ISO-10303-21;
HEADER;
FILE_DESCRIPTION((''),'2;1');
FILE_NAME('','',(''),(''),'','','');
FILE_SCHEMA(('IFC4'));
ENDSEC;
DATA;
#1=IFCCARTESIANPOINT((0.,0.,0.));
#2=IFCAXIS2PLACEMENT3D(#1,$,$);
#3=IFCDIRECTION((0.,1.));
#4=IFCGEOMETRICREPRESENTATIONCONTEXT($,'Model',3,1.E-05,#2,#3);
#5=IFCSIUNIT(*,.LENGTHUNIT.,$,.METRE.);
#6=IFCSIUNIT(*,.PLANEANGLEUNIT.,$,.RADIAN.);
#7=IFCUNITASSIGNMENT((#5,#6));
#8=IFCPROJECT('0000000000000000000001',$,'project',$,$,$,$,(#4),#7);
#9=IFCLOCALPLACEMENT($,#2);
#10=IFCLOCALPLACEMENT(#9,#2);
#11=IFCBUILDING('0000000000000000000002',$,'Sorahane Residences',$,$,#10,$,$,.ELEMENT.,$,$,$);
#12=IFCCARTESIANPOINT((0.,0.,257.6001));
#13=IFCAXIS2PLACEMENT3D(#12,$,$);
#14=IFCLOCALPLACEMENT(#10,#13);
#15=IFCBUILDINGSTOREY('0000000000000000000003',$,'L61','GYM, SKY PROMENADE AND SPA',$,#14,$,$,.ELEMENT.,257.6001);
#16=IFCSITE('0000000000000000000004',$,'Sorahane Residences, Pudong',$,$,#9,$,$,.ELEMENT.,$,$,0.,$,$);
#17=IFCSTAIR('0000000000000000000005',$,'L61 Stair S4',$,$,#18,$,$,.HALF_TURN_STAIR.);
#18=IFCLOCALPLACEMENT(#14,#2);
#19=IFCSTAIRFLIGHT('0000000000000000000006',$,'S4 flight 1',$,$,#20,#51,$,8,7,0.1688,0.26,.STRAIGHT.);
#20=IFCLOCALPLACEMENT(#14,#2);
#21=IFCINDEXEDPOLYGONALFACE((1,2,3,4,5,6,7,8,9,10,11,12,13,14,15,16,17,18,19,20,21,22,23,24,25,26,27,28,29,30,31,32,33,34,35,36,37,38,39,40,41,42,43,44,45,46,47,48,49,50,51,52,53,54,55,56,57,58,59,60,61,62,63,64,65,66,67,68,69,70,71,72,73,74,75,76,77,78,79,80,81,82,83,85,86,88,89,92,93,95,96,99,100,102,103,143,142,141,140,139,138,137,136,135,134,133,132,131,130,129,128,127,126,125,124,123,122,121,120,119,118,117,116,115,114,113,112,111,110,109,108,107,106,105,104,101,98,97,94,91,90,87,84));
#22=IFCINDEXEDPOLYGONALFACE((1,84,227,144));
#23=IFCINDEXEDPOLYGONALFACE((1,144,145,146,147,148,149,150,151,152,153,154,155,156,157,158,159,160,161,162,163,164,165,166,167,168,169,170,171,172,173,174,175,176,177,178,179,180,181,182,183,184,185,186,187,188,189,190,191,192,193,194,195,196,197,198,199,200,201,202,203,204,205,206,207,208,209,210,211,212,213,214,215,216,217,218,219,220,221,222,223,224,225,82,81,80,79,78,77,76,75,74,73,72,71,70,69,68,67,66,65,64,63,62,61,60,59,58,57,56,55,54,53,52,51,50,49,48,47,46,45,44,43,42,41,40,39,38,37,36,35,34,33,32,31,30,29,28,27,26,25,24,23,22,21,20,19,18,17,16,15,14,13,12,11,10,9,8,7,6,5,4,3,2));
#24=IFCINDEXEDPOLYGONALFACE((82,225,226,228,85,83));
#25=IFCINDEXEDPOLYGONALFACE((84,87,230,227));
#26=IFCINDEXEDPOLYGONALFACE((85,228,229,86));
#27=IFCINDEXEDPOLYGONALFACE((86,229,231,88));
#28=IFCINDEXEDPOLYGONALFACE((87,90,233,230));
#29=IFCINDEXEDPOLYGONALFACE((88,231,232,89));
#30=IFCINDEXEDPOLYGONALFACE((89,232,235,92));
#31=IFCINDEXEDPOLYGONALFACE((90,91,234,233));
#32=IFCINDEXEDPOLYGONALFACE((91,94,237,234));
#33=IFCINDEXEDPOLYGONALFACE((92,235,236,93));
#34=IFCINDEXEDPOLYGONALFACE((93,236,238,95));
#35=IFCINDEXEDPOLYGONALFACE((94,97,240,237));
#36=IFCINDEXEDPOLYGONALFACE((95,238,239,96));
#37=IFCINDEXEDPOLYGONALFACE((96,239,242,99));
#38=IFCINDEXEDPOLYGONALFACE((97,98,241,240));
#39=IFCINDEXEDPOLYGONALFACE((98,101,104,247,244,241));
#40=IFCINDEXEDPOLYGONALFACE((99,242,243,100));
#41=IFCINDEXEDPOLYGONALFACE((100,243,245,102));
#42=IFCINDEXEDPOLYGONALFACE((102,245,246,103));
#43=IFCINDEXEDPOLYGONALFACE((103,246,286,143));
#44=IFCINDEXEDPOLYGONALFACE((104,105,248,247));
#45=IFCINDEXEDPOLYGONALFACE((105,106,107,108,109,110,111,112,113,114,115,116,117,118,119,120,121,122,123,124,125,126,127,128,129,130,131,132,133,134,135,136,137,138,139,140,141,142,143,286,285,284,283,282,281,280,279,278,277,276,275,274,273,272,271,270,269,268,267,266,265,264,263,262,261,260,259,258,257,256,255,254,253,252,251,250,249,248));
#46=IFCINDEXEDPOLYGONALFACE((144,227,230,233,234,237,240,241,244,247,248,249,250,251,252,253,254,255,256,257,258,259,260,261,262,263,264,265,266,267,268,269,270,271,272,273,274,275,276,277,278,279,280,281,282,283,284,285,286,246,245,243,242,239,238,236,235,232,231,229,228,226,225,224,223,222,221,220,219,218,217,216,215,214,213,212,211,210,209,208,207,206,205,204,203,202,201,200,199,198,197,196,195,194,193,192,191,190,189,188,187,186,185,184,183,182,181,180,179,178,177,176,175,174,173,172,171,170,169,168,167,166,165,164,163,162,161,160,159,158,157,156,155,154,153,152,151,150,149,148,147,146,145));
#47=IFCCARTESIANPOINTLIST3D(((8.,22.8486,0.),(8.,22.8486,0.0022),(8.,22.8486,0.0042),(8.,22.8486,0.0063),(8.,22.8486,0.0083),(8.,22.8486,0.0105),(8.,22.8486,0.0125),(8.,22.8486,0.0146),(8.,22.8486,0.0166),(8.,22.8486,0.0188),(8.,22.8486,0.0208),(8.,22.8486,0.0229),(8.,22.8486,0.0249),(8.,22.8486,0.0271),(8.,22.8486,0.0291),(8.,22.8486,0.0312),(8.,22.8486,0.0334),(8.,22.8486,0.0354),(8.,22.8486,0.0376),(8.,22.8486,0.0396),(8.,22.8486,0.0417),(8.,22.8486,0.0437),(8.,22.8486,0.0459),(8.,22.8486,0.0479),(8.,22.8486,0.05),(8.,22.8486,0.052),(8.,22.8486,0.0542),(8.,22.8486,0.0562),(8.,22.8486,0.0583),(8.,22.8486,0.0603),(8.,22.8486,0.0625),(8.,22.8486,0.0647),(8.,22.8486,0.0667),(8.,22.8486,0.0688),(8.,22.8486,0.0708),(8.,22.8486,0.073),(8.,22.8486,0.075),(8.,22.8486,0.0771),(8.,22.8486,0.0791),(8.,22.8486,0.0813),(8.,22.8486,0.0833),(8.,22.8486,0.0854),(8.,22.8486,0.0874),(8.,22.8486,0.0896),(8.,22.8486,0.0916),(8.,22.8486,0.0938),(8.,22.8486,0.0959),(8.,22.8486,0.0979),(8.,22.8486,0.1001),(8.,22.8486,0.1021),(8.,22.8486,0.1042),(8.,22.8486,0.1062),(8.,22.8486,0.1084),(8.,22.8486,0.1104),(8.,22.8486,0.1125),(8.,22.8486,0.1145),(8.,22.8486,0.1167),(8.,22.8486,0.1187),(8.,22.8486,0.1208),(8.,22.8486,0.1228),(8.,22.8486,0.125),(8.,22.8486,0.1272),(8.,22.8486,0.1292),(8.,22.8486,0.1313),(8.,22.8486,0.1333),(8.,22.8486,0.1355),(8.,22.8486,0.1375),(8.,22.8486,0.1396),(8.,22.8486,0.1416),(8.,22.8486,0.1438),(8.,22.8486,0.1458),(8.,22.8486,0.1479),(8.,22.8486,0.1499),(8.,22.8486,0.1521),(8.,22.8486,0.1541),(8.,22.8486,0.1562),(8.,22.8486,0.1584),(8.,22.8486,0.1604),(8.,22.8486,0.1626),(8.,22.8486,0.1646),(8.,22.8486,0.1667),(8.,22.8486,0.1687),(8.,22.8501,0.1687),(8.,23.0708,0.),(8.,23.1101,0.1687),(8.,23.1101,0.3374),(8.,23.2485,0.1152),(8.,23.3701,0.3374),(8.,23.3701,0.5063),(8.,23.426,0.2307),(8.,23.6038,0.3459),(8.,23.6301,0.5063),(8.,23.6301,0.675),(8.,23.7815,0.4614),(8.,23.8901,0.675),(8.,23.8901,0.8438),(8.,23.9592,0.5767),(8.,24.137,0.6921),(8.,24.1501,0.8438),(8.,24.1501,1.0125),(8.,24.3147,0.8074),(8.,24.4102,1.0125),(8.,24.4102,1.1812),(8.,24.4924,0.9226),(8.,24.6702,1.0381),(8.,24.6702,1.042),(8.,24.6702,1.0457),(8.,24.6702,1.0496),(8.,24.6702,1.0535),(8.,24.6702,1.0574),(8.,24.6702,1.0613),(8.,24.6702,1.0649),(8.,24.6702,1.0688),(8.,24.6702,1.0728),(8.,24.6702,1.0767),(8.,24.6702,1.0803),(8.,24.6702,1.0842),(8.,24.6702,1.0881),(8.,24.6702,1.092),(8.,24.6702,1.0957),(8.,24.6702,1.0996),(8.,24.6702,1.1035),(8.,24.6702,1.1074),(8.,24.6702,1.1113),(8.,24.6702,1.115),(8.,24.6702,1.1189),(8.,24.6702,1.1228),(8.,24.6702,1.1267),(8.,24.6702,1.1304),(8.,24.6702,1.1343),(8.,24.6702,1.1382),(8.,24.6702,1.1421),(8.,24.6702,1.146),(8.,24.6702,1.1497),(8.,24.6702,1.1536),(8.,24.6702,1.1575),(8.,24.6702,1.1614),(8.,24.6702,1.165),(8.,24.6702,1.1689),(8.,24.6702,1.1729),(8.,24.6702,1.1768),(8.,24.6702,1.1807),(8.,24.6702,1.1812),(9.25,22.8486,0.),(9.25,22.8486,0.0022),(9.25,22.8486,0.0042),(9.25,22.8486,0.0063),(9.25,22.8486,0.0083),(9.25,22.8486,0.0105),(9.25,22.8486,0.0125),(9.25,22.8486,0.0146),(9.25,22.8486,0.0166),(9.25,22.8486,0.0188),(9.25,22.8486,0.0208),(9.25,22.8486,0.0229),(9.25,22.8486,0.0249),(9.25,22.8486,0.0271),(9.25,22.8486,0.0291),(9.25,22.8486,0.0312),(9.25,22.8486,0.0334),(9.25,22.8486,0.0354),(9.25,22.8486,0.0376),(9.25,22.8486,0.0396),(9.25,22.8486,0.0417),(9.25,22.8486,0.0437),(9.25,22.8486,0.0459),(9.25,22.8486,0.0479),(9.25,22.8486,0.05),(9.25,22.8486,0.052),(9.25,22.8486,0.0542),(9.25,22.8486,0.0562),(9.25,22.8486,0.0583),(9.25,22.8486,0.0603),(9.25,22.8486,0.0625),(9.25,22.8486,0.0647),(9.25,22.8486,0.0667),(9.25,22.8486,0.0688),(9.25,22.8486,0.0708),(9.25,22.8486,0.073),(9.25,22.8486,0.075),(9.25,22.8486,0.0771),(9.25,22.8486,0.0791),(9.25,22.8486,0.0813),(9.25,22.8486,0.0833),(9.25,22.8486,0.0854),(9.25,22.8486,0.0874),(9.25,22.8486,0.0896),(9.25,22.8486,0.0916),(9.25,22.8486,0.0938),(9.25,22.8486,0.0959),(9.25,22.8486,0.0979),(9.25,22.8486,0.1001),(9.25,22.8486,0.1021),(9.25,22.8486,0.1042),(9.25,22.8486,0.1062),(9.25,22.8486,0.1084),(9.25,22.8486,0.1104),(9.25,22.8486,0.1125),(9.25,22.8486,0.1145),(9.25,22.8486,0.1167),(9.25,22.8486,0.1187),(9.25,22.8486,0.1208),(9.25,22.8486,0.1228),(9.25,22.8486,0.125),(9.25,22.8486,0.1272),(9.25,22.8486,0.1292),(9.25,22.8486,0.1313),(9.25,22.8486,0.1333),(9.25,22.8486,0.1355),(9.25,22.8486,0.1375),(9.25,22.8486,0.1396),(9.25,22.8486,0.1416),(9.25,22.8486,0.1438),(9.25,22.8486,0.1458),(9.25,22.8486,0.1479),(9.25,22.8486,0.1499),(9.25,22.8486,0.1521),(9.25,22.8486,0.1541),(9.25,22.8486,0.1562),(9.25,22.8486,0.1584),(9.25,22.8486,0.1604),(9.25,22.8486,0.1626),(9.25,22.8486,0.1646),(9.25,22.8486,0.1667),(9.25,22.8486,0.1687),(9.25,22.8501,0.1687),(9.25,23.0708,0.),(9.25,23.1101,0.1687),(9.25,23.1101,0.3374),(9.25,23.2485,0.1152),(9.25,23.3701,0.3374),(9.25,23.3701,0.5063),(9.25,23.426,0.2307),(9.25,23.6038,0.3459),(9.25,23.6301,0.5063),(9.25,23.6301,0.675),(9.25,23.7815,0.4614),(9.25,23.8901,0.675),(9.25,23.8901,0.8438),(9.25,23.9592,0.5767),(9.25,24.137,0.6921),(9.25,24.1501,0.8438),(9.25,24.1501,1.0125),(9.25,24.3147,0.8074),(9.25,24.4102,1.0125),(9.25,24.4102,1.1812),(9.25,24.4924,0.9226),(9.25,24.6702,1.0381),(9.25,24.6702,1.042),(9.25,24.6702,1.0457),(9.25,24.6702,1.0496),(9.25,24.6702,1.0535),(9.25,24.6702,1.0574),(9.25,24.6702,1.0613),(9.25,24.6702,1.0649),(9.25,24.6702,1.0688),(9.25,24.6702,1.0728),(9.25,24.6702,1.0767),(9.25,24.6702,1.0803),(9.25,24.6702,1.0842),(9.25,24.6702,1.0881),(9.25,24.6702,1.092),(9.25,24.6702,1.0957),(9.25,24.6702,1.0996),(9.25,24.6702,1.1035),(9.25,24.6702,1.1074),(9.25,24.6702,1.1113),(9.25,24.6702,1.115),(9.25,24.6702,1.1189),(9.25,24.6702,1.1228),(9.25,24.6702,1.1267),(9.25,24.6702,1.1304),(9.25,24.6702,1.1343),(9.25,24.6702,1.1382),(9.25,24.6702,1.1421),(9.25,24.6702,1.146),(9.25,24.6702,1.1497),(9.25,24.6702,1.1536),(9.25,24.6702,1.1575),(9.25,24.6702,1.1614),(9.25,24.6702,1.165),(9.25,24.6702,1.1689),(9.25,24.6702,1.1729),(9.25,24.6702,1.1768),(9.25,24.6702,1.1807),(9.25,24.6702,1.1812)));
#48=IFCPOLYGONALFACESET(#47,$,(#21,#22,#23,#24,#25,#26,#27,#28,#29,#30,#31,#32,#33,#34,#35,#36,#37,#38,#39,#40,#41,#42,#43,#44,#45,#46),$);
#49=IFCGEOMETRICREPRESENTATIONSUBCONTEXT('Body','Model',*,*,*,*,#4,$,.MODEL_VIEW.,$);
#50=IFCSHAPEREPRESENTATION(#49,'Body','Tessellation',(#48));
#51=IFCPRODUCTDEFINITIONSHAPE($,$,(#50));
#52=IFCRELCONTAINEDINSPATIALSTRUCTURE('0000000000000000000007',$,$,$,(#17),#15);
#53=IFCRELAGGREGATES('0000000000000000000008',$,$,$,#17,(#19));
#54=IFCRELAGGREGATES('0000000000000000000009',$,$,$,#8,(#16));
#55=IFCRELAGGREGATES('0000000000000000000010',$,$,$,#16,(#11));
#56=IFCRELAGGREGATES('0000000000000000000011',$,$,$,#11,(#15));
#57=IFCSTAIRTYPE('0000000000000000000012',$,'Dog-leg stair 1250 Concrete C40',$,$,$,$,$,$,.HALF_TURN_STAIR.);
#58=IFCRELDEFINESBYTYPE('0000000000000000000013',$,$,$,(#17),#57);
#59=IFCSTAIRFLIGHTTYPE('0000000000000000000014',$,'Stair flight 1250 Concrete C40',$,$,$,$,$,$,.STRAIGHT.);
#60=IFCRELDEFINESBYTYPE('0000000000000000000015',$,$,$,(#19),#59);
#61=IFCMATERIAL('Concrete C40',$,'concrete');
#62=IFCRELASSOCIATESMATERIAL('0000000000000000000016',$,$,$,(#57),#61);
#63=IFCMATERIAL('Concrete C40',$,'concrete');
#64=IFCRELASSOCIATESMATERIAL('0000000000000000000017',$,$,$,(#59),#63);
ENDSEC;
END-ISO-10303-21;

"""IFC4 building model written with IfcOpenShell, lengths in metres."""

from ifc_helpers import new_model, si_unit, direction, frame, origin, place, context, subcontext, project, spatial, polyline, outline, extrude, material, type_object, element, aggregate, save


model = new_model("IFC4")

# Units and contexts
model_context = context("Model", 3, precision=1e-05, world=origin(), true_north=direction((0.0, 1.0)))
body_context = subcontext(model_context, "Body", "Model", "MODEL_VIEW")
ifc_project = project(units=[si_unit("LENGTHUNIT", "METRE"), si_unit("PLANEANGLEUNIT", "RADIAN")], contexts=[model_context])

# Site, building, storey
site_placement = place(None, origin())
site = spatial("IfcSite", under=ifc_project, at=site_placement, Name="Sorahane Residences, Pudong", CompositionType="ELEMENT", RefElevation=0.0)
building_placement = place(site_placement, origin())
building = spatial("IfcBuilding", under=site, at=building_placement, Name="Sorahane Residences", CompositionType="ELEMENT")
storey_placement = place(building_placement, frame((0.0, 0.0, 257.6001)))
storey = spatial("IfcBuildingStorey", under=building, at=storey_placement, Name="L61", Description="GYM, SKY PROMENADE AND SPA", CompositionType="ELEMENT", Elevation=257.6001)

# Stair, stair flight
ifc_material_1 = material(Name="Concrete C40", Category="concrete")
stair_type = type_object("IfcStairType", Name="Dog-leg stair 1250 Concrete C40", PredefinedType="HALF_TURN_STAIR", material=ifc_material_1)
stair_placement = place(storey_placement, origin())
stair = element("IfcStair", 1, at=stair_placement, inside=storey, type_object=stair_type, Name="L61 Stair S4", PredefinedType="HALF_TURN_STAIR")
ifc_material_2 = material(Name="Concrete C40", Category="concrete")
stair_flight_type = type_object("IfcStairFlightType", Name="Stair flight 1250 Concrete C40", PredefinedType="STRAIGHT", material=ifc_material_2)
stair_flight_1_placement = place(storey_placement, frame((8.625, 22.8501, 0.0), z_axis=(0.0, 0.0, 1.0), x_axis=(0.0, 1.0, 0.0)))
stair_flight_1 = element("IfcStairFlight", 2, at=stair_flight_1_placement, type_object=stair_flight_type, Name="S4 flight 1", NumberOfRisers=8, NumberOfTreads=7, PredefinedType="STRAIGHT", RiserHeight=0.1688, TreadLength=0.26, context=body_context, shape_type="SweptSolid", body=[
    extrude(outline(polyline([(-0.0015, 0.0), (-0.0015, 0.0022), (-0.0015, 0.0042), (-0.0015, 0.0063), (-0.0015, 0.0083), (-0.0015, 0.0105), (-0.0015, 0.0125), (-0.0015, 0.0146), (-0.0015, 0.0166), (-0.0015, 0.0188), (-0.0015, 0.0208), (-0.0015, 0.0229), (-0.0015, 0.0249), (-0.0015, 0.0271), (-0.0015, 0.0291), (-0.0015, 0.0312), (-0.0015, 0.0334), (-0.0015, 0.0354), (-0.0015, 0.0376), (-0.0015, 0.0396), (-0.0015, 0.0417), (-0.0015, 0.0437), (-0.0015, 0.0459), (-0.0015, 0.0479), (-0.0015, 0.05), (-0.0015, 0.052), (-0.0015, 0.0542), (-0.0015, 0.0562), (-0.0015, 0.0583), (-0.0015, 0.0603), (-0.0015, 0.0625), (-0.0015, 0.0647), (-0.0015, 0.0667), (-0.0015, 0.0688), (-0.0015, 0.0708), (-0.0015, 0.073), (-0.0015, 0.075), (-0.0015, 0.0771), (-0.0015, 0.0791), (-0.0015, 0.0813), (-0.0015, 0.0833), (-0.0015, 0.0854), (-0.0015, 0.0874), (-0.0015, 0.0896), (-0.0015, 0.0916), (-0.0015, 0.0938), (-0.0015, 0.0959), (-0.0015, 0.0979), (-0.0015, 0.1001), (-0.0015, 0.1021), (-0.0015, 0.1042), (-0.0015, 0.1062), (-0.0015, 0.1084), (-0.0015, 0.1104), (-0.0015, 0.1125), (-0.0015, 0.1145), (-0.0015, 0.1167), (-0.0015, 0.1187), (-0.0015, 0.1208), (-0.0015, 0.1228), (-0.0015, 0.125), (-0.0015, 0.1272), (-0.0015, 0.1292), (-0.0015, 0.1313), (-0.0015, 0.1333), (-0.0015, 0.1355), (-0.0015, 0.1375), (-0.0015, 0.1396), (-0.0015, 0.1416), (-0.0015, 0.1438), (-0.0015, 0.1458), (-0.0015, 0.1479), (-0.0015, 0.1499), (-0.0015, 0.1521), (-0.0015, 0.1541), (-0.0015, 0.1562), (-0.0015, 0.1584), (-0.0015, 0.1604), (-0.0015, 0.1626), (-0.0015, 0.1646), (-0.0015, 0.1667), (-0.0015, 0.1687), (0.0, 0.1687), (0.26, 0.1687), (0.26, 0.3374), (0.52, 0.3374), (0.52, 0.5063), (0.78, 0.5063), (0.78, 0.675), (1.04, 0.675), (1.04, 0.8438), (1.3, 0.8438), (1.3, 1.0125), (1.5601, 1.0125), (1.5601, 1.1812), (1.8201, 1.1812), (1.8201, 1.3501), (1.8201, 1.3462), (1.8201, 1.3423), (1.8201, 1.3384), (1.8201, 1.3347), (1.8201, 1.3308), (1.8201, 1.3269), (1.8201, 1.323), (1.8201, 1.3191), (1.8201, 1.3154), (1.8201, 1.3115), (1.8201, 1.3076), (1.8201, 1.3037), (1.8201, 1.3), (1.8201, 1.2961), (1.8201, 1.2922), (1.8201, 1.2883), (1.8201, 1.2844), (1.8201, 1.2808), (1.8201, 1.2769), (1.8201, 1.2729), (1.8201, 1.269), (1.8201, 1.2654), (1.8201, 1.2615), (1.8201, 1.2576), (1.8201, 1.2537), (1.8201, 1.2498), (1.8201, 1.2461), (1.8201, 1.2422), (1.8201, 1.2383), (1.8201, 1.2344), (1.8201, 1.2307), (1.8201, 1.2268), (1.8201, 1.2229), (1.8201, 1.219), (1.8201, 1.2151), (1.8201, 1.2114), (1.8201, 1.2075), (1.8201, 1.2036), (1.8201, 1.1997), (1.8201, 1.196), (1.8201, 1.1921), (1.8201, 1.1882), (1.8201, 1.1843), (1.8201, 1.1807), (1.8201, 1.1768), (1.8201, 1.1729), (1.8201, 1.1689), (1.8201, 1.165), (1.8201, 1.1614), (1.8201, 1.1575), (1.8201, 1.1536), (1.8201, 1.1497), (1.8201, 1.146), (1.8201, 1.1421), (1.8201, 1.1382), (1.8201, 1.1343), (1.8201, 1.1304), (1.8201, 1.1267), (1.8201, 1.1228), (1.8201, 1.1189), (1.8201, 1.115), (1.8201, 1.1113), (1.8201, 1.1074), (1.8201, 1.1035), (1.8201, 1.0996), (1.8201, 1.0957), (1.8201, 1.092), (1.8201, 1.0881), (1.8201, 1.0842), (1.8201, 1.0803), (1.8201, 1.0767), (1.8201, 1.0728), (1.8201, 1.0688), (1.8201, 1.0649), (1.8201, 1.0613), (1.8201, 1.0574), (1.8201, 1.0535), (1.8201, 1.0496), (1.8201, 1.0457), (1.8201, 1.042), (1.8201, 1.0381), (1.6423, 0.9226), (1.4646, 0.8074), (1.2869, 0.6921), (1.1091, 0.5767), (0.9314, 0.4614), (0.7537, 0.3459), (0.5759, 0.2307), (0.3984, 0.1152), (0.2207, 0.0), (-0.0015, 0.0)])), frame((0.0, 0.625, 0.0), z_axis=(0.0, -1.0, 0.0), x_axis=(1.0, 0.0, 0.0)), (0.0, 0.0, 1.0), 1.25),
])
aggregate(stair, [stair_flight_1])

save(model, "model.ifc")
